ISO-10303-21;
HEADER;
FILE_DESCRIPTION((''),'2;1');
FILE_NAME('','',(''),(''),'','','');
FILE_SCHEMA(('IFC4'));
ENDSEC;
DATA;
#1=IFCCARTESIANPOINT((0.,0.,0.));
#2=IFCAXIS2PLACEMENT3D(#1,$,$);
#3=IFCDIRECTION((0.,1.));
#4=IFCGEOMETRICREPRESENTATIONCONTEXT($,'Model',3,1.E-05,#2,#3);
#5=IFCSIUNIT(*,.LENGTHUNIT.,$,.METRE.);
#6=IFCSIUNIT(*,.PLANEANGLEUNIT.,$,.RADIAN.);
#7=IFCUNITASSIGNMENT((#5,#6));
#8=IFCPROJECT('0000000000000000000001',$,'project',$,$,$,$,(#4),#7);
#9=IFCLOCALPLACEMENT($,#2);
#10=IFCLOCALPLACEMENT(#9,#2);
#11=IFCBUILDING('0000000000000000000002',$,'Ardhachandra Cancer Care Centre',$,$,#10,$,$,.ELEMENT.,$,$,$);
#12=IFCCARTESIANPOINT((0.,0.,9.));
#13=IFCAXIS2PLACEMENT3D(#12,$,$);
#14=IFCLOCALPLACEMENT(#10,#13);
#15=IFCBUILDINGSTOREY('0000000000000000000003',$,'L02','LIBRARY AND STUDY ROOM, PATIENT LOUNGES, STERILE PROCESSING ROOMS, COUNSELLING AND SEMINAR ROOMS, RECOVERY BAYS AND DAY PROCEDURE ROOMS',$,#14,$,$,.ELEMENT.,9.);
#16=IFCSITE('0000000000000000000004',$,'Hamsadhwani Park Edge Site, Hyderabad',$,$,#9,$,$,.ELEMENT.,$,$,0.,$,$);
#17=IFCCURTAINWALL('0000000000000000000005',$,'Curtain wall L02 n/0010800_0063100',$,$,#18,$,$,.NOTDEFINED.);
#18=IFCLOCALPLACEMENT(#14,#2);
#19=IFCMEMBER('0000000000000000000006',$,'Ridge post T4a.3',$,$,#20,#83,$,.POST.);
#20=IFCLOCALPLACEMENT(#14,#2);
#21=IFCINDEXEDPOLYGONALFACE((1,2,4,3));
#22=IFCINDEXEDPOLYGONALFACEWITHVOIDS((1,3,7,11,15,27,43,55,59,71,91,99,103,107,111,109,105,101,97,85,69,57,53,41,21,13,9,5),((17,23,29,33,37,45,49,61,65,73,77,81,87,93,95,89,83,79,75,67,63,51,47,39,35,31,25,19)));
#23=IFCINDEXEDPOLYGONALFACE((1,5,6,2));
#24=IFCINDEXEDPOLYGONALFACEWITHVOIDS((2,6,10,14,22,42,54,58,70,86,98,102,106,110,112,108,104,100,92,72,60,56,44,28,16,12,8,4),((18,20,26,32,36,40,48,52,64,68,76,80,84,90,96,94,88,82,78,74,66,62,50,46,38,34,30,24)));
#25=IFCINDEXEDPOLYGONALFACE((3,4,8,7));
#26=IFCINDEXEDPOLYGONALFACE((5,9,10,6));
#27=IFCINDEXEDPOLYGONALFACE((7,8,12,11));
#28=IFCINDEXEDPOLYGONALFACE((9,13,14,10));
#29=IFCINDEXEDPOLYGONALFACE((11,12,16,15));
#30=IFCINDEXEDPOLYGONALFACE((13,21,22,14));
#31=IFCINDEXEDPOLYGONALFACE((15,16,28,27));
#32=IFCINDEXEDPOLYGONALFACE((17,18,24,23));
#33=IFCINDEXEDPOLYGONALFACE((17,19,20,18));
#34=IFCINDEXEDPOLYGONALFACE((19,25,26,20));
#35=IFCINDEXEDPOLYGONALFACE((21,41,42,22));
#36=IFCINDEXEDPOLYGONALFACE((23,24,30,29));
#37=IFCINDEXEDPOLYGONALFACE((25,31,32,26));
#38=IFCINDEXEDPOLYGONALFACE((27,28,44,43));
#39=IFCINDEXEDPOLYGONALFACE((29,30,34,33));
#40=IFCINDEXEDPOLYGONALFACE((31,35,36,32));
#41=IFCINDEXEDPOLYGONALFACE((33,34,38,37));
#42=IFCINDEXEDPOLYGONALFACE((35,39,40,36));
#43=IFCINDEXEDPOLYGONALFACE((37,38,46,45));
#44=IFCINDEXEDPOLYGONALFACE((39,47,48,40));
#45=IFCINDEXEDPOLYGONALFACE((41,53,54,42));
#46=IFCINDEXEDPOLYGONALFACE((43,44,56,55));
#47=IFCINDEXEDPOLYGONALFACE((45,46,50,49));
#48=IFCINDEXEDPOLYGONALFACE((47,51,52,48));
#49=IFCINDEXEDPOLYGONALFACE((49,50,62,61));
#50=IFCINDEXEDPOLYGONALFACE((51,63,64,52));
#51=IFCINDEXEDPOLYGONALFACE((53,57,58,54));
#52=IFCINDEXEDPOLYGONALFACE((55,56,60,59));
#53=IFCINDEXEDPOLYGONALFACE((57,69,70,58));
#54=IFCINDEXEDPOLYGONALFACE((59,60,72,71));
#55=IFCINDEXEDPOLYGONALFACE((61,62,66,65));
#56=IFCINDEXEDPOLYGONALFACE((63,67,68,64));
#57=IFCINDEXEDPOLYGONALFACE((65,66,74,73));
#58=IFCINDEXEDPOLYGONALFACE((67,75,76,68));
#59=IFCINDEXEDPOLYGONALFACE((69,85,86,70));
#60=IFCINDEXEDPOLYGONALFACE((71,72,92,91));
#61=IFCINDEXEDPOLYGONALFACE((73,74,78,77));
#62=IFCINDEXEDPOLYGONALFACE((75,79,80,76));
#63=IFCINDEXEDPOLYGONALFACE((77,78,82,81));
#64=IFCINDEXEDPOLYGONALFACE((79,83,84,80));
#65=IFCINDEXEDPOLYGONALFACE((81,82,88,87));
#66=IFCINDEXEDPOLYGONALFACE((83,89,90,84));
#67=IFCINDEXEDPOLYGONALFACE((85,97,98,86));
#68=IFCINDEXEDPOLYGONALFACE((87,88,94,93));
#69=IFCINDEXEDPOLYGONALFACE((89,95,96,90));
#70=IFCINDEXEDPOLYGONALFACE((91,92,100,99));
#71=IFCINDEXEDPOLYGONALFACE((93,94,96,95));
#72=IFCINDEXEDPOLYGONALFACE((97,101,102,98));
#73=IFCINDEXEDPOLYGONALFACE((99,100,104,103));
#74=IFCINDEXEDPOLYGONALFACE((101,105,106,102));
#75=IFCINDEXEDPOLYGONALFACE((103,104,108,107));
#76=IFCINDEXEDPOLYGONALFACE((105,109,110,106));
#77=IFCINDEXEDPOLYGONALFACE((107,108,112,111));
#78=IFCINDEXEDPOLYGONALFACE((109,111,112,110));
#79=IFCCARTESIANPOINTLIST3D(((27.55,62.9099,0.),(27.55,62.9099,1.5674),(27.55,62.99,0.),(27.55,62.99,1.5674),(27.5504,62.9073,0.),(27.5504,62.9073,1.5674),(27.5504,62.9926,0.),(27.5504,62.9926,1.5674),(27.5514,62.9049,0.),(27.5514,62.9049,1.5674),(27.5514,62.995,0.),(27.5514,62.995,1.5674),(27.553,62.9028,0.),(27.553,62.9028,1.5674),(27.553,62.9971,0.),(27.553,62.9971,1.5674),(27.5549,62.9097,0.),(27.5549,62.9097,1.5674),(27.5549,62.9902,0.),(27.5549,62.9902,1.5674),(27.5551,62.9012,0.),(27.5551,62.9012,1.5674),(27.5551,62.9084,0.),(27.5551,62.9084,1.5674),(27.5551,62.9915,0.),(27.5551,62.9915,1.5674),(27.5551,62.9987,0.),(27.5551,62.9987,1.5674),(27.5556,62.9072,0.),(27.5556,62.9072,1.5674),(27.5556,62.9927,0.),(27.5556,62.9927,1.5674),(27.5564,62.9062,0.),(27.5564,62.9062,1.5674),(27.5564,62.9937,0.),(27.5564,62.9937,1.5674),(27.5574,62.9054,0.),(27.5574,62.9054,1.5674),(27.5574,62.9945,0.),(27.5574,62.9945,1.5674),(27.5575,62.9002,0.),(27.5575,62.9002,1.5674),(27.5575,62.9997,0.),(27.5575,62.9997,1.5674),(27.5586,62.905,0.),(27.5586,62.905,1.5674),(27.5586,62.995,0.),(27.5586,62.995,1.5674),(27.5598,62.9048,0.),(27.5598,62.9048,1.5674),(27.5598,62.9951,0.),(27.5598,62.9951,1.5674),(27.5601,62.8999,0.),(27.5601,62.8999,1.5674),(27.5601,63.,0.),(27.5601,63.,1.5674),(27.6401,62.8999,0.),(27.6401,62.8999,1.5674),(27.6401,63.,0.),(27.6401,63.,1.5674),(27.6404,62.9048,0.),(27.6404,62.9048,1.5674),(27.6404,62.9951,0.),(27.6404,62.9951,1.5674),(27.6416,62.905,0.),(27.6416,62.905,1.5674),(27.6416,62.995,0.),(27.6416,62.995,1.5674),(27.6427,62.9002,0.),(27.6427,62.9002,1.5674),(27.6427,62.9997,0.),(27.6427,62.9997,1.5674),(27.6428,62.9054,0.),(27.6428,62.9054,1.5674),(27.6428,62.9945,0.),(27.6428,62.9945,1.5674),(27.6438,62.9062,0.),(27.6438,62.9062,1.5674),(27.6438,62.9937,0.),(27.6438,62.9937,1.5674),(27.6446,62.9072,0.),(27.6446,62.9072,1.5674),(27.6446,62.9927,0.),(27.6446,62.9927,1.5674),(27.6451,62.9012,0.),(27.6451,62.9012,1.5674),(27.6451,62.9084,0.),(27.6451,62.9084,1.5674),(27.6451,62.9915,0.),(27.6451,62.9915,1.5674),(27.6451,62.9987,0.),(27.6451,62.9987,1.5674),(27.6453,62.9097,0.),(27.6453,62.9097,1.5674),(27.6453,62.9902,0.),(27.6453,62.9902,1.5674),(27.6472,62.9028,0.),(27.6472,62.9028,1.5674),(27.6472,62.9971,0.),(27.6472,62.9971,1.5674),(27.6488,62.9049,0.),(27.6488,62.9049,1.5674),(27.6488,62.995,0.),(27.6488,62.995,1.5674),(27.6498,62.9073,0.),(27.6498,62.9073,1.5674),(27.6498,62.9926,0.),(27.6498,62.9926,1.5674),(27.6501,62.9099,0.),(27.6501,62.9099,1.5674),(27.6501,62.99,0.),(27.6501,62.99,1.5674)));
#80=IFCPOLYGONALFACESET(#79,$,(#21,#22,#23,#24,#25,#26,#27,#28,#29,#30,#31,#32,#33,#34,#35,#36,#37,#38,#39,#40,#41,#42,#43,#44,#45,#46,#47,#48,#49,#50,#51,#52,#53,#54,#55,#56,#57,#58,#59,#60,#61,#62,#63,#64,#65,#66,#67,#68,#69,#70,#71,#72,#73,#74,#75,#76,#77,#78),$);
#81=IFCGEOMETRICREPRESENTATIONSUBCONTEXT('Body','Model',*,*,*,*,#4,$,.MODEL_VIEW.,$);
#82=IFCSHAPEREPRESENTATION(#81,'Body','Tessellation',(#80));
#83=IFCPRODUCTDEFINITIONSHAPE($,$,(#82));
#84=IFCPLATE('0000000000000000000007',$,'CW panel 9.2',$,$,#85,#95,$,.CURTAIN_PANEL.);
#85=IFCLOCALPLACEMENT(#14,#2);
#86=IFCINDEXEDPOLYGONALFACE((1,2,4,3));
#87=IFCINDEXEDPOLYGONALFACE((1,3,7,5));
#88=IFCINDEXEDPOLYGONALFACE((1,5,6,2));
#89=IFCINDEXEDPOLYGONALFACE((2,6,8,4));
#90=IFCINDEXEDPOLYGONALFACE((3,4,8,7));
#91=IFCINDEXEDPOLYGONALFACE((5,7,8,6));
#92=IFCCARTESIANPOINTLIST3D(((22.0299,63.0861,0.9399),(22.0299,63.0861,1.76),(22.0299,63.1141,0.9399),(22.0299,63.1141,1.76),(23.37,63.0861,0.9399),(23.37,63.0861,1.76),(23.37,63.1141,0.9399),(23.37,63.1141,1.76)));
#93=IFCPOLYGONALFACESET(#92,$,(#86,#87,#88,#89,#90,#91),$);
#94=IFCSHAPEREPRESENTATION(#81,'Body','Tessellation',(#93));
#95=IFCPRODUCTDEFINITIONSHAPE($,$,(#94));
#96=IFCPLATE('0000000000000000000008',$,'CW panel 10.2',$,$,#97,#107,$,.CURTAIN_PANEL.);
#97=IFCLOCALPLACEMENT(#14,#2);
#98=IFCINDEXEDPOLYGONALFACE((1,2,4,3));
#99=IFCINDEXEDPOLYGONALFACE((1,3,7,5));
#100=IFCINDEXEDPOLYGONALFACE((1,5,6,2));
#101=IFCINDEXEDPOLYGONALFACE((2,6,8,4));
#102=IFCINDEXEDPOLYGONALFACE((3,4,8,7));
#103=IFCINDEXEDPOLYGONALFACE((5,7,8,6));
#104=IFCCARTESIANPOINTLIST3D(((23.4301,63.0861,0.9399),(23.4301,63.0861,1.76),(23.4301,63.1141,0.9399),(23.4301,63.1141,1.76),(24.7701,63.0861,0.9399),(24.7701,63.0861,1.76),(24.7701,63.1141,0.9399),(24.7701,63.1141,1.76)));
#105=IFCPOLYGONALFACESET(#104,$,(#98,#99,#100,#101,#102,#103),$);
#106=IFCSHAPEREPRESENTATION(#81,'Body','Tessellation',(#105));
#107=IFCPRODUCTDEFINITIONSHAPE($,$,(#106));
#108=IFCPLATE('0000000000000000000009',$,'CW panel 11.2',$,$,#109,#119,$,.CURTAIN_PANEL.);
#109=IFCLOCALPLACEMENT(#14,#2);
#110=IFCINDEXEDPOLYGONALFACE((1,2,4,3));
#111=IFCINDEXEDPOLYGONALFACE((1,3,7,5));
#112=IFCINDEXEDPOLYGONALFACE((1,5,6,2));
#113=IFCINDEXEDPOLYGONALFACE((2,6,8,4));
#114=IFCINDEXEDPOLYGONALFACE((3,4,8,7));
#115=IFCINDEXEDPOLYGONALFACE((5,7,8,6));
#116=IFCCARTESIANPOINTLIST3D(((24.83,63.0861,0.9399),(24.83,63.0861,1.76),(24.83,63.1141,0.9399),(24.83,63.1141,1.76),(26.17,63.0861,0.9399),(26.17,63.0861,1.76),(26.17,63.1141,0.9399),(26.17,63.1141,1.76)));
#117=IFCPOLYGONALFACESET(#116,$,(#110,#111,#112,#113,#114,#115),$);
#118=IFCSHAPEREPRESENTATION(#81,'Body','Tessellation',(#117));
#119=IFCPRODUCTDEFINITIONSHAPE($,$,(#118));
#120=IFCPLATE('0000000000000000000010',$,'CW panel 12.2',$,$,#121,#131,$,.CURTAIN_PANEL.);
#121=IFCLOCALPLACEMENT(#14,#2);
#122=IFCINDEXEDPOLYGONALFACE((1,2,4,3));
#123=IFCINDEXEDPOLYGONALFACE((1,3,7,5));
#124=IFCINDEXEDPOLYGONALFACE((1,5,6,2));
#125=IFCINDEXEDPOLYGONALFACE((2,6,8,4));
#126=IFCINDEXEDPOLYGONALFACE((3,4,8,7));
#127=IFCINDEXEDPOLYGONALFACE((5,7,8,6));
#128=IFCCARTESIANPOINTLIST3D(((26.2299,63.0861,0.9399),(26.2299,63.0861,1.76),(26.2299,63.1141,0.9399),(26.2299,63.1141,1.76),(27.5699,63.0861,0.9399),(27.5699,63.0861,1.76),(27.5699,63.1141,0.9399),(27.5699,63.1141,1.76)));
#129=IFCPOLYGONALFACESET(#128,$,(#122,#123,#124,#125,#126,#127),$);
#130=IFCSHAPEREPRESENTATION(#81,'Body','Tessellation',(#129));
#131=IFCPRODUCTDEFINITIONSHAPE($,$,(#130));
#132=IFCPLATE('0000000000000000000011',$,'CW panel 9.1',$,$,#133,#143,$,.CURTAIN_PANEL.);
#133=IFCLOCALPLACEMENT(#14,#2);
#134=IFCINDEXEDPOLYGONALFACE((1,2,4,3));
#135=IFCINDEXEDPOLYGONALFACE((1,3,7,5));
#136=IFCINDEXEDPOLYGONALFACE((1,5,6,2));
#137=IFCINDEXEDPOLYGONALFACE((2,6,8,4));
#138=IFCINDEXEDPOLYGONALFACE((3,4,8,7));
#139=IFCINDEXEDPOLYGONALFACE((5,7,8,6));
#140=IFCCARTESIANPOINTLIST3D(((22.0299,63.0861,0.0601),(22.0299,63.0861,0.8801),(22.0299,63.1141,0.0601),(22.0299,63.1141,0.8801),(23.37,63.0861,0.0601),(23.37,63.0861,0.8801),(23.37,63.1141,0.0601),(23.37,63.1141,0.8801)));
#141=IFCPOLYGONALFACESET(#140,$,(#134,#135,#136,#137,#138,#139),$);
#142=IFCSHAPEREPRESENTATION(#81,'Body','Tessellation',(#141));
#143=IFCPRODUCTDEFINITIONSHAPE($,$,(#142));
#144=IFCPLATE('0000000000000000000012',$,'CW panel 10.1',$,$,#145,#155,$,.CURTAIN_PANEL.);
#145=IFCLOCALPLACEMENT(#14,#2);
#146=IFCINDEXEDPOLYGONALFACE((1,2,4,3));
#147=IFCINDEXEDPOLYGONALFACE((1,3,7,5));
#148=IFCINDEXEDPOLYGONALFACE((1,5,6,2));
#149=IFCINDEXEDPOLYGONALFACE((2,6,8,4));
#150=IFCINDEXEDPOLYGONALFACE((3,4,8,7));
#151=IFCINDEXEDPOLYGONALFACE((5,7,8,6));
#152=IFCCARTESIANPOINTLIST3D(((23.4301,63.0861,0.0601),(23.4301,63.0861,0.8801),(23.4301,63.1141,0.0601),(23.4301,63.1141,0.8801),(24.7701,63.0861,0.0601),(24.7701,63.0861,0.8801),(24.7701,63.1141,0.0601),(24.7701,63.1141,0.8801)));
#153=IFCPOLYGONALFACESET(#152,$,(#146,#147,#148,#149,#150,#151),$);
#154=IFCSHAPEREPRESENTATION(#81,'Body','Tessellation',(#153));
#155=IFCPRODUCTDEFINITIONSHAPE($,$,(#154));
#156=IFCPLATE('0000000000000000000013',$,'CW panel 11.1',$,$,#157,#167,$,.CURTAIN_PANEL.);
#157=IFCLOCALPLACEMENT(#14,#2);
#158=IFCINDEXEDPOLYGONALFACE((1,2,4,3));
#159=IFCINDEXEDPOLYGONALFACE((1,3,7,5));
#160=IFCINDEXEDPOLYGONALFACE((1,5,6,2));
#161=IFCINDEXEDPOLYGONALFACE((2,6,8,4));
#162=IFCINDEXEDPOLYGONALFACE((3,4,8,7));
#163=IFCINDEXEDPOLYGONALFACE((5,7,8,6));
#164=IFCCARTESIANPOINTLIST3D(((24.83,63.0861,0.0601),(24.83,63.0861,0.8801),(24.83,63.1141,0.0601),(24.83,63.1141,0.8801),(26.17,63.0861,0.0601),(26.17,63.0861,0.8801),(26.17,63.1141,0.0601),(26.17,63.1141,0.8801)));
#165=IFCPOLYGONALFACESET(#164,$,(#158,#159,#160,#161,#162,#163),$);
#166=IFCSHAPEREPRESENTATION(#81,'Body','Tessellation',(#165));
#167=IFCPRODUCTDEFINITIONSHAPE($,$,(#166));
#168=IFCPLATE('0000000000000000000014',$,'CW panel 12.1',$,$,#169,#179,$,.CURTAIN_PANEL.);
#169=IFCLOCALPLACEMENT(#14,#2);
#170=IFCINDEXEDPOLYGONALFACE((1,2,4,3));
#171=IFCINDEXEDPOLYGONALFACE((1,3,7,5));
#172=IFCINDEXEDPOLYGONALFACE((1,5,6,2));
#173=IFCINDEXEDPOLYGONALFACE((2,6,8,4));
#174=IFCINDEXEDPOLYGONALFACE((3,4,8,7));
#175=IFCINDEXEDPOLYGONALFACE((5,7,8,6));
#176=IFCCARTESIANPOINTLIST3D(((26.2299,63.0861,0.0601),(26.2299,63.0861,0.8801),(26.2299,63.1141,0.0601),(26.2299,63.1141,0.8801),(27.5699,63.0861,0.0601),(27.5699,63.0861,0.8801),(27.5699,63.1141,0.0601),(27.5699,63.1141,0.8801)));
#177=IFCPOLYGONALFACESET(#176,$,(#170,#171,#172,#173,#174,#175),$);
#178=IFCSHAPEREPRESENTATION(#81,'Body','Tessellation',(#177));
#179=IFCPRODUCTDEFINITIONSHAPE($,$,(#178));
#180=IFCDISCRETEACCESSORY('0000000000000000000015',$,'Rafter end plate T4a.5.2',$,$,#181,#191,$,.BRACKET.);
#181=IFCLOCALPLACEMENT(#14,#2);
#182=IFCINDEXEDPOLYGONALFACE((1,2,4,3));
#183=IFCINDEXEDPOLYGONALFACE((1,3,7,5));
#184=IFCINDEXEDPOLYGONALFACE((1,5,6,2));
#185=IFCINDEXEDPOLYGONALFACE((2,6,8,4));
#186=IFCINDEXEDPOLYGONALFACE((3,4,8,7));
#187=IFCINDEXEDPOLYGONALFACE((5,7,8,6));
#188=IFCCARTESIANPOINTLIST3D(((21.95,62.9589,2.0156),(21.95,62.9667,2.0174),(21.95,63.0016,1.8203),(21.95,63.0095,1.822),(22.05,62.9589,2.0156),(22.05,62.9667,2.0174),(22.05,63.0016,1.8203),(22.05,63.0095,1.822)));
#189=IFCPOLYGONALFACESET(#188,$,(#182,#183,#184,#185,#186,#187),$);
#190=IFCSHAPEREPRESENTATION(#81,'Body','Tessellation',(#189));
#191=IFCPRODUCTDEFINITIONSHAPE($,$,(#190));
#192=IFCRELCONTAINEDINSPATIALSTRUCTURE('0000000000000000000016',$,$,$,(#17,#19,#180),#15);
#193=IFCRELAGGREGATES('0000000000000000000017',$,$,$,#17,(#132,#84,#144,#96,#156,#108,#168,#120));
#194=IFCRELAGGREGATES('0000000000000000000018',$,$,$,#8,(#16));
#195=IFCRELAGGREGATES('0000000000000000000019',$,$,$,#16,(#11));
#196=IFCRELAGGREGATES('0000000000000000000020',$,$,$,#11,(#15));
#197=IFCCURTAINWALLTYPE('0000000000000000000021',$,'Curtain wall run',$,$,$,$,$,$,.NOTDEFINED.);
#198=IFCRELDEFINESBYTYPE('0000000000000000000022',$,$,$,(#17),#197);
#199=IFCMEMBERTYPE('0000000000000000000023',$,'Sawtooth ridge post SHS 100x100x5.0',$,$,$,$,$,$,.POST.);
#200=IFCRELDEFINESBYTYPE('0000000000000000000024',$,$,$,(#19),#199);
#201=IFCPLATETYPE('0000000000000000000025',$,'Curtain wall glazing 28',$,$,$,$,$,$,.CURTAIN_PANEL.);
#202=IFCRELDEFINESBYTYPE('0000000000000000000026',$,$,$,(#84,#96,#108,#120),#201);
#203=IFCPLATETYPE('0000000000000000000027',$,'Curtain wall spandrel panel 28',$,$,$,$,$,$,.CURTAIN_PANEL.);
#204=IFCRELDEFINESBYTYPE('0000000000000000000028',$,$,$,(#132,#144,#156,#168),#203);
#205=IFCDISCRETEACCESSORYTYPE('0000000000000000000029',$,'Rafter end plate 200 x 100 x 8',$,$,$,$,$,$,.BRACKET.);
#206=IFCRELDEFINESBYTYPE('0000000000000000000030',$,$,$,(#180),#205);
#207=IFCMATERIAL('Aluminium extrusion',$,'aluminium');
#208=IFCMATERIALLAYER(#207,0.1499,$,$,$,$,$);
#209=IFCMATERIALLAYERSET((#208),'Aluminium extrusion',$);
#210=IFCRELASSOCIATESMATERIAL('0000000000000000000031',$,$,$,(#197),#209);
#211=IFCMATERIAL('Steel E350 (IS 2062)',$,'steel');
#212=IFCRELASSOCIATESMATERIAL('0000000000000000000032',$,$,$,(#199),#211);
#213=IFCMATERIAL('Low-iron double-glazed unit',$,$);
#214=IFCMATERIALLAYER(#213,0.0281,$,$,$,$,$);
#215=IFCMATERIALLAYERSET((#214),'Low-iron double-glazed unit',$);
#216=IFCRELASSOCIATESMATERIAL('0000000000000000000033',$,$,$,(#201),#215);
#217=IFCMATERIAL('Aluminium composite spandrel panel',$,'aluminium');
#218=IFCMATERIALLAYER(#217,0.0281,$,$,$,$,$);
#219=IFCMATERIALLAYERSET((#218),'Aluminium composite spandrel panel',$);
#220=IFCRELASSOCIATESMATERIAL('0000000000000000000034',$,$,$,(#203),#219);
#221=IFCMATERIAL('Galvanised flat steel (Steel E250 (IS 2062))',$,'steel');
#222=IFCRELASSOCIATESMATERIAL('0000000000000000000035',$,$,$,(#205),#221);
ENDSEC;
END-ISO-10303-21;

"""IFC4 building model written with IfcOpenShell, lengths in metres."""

from ifc_helpers import new_model, si_unit, direction, frame, origin, origin_2d, place, context, subcontext, project, spatial, rectangle, hollow_rectangle, extrude, material, layer, layer_set, material_profile, profile_set, type_object, element, aggregate, save


model = new_model("IFC4")

# Units and contexts
model_context = context("Model", 3, precision=1e-05, world=origin(), true_north=direction((0.0, 1.0)))
body_context = subcontext(model_context, "Body", "Model", "MODEL_VIEW")
ifc_project = project(units=[si_unit("LENGTHUNIT", "METRE"), si_unit("PLANEANGLEUNIT", "RADIAN")], contexts=[model_context])

# Site, building, storey
site_placement = place(None, origin())
site = spatial("IfcSite", under=ifc_project, at=site_placement, Name="Hamsadhwani Park Edge Site, Hyderabad", CompositionType="ELEMENT", RefElevation=0.0)
building_placement = place(site_placement, origin())
building = spatial("IfcBuilding", under=site, at=building_placement, Name="Ardhachandra Cancer Care Centre", CompositionType="ELEMENT")
storey_placement = place(building_placement, frame((0.0, 0.0, 9.0)))
storey = spatial("IfcBuildingStorey", under=building, at=storey_placement, Name="L02", Description="LIBRARY AND STUDY ROOM, PATIENT LOUNGES, STERILE PROCESSING ROOMS, COUNSELLING AND SEMINAR ROOMS, RECOVERY BAYS AND DAY PROCEDURE ROOMS", CompositionType="ELEMENT", Elevation=9.0)

# Curtain wall
ifc_material_1 = material(Name="Aluminium extrusion", Category="aluminium")
ifc_layer_1 = layer(ifc_material_1, 0.1499)
ifc_layer_set_1 = layer_set([ifc_layer_1], Name="Aluminium extrusion")
curtain_wall_type = type_object("IfcCurtainWallType", Name="Curtain wall run", PredefinedType="NOTDEFINED", material=ifc_layer_set_1)
curtain_wall_placement = place(storey_placement, origin())
curtain_wall = element("IfcCurtainWall", 1, at=curtain_wall_placement, inside=storey, type_object=curtain_wall_type, Name="Curtain wall L02 n/0010800_0063100", PredefinedType="NOTDEFINED")

# Member
ifc_material_2 = material(Name="Steel E350 (IS 2062)", Category="steel")
ifc_material_profile_1 = material_profile(ifc_material_2, hollow_rectangle(XDim=0.1001, YDim=0.1001, WallThickness=0.0049, InnerFilletRadius=0.0049, OuterFilletRadius=0.01, at=origin_2d()), Name="SHS 100x100x5.0")
ifc_profile_set_1 = profile_set([ifc_material_profile_1], Name="Steel E350 (IS 2062)")
member_type_1 = type_object("IfcMemberType", Name="Sawtooth ridge post SHS 100x100x5.0", PredefinedType="POST", material=ifc_profile_set_1)
member_1_placement = place(storey_placement, frame((27.6001, 62.95, 0.0), z_axis=(0.0, 0.0, 1.0), x_axis=(1.0, 0.0, 0.0)))
element("IfcMember", 2, at=member_1_placement, inside=storey, type_object=member_type_1, Name="Ridge post T4a.3", PredefinedType="POST", context=body_context, shape_type="SweptSolid", body=[
    extrude(hollow_rectangle(XDim=0.1001, YDim=0.1001, WallThickness=0.0049, InnerFilletRadius=0.0049, OuterFilletRadius=0.01, at=origin_2d()), origin(), (0.0, 0.0, 1.0), 1.5674),
])

# Plates
ifc_material_3 = material(Name="Low-iron double-glazed unit")
ifc_layer_2 = layer(ifc_material_3, 0.0281)
ifc_layer_set_2 = layer_set([ifc_layer_2], Name="Low-iron double-glazed unit")
plate_type_1 = type_object("IfcPlateType", Name="Curtain wall glazing 28", PredefinedType="CURTAIN_PANEL", material=ifc_layer_set_2)
plate_1_placement = place(storey_placement, frame((22.7, 63.1001, 0.9399), z_axis=(0.0, 0.0, 1.0), x_axis=(1.0, 0.0, 0.0)))
plate_1 = element("IfcPlate", 3, at=plate_1_placement, type_object=plate_type_1, Name="CW panel 9.2", PredefinedType="CURTAIN_PANEL", context=body_context, shape_type="SweptSolid", body=[
    extrude(rectangle(XDim=1.3401, YDim=0.0281, at=origin_2d()), origin(), (0.0, 0.0, 1.0), 0.8201),
])
plate_2_placement = place(storey_placement, frame((24.1001, 63.1001, 0.9399), z_axis=(0.0, 0.0, 1.0), x_axis=(1.0, 0.0, 0.0)))
plate_2 = element("IfcPlate", 4, at=plate_2_placement, type_object=plate_type_1, Name="CW panel 10.2", PredefinedType="CURTAIN_PANEL", context=body_context, shape_type="SweptSolid", body=[
    extrude(rectangle(XDim=1.3401, YDim=0.0281, at=origin_2d()), origin(), (0.0, 0.0, 1.0), 0.8201),
])
plate_3_placement = place(storey_placement, frame((25.5, 63.1001, 0.9399), z_axis=(0.0, 0.0, 1.0), x_axis=(1.0, 0.0, 0.0)))
plate_3 = element("IfcPlate", 5, at=plate_3_placement, type_object=plate_type_1, Name="CW panel 11.2", PredefinedType="CURTAIN_PANEL", context=body_context, shape_type="SweptSolid", body=[
    extrude(rectangle(XDim=1.3401, YDim=0.0281, at=origin_2d()), origin(), (0.0, 0.0, 1.0), 0.8201),
])
plate_4_placement = place(storey_placement, frame((26.8999, 63.1001, 0.9399), z_axis=(0.0, 0.0, 1.0), x_axis=(1.0, 0.0, 0.0)))
plate_4 = element("IfcPlate", 6, at=plate_4_placement, type_object=plate_type_1, Name="CW panel 12.2", PredefinedType="CURTAIN_PANEL", context=body_context, shape_type="SweptSolid", body=[
    extrude(rectangle(XDim=1.3401, YDim=0.0281, at=origin_2d()), origin(), (0.0, 0.0, 1.0), 0.8201),
])
ifc_material_4 = material(Name="Aluminium composite spandrel panel", Category="aluminium")
ifc_layer_3 = layer(ifc_material_4, 0.0281)
ifc_layer_set_3 = layer_set([ifc_layer_3], Name="Aluminium composite spandrel panel")
plate_type_2 = type_object("IfcPlateType", Name="Curtain wall spandrel panel 28", PredefinedType="CURTAIN_PANEL", material=ifc_layer_set_3)
plate_5_placement = place(storey_placement, frame((22.7, 63.1001, 0.0601), z_axis=(0.0, 0.0, 1.0), x_axis=(1.0, 0.0, 0.0)))
plate_5 = element("IfcPlate", 7, at=plate_5_placement, type_object=plate_type_2, Name="CW panel 9.1", PredefinedType="CURTAIN_PANEL", context=body_context, shape_type="SweptSolid", body=[
    extrude(rectangle(XDim=1.3401, YDim=0.0281, at=origin_2d()), origin(), (0.0, 0.0, 1.0), 0.8201),
])
plate_6_placement = place(storey_placement, frame((24.1001, 63.1001, 0.0601), z_axis=(0.0, 0.0, 1.0), x_axis=(1.0, 0.0, 0.0)))
plate_6 = element("IfcPlate", 8, at=plate_6_placement, type_object=plate_type_2, Name="CW panel 10.1", PredefinedType="CURTAIN_PANEL", context=body_context, shape_type="SweptSolid", body=[
    extrude(rectangle(XDim=1.3401, YDim=0.0281, at=origin_2d()), origin(), (0.0, 0.0, 1.0), 0.8201),
])
plate_7_placement = place(storey_placement, frame((25.5, 63.1001, 0.0601), z_axis=(0.0, 0.0, 1.0), x_axis=(1.0, 0.0, 0.0)))
plate_7 = element("IfcPlate", 9, at=plate_7_placement, type_object=plate_type_2, Name="CW panel 11.1", PredefinedType="CURTAIN_PANEL", context=body_context, shape_type="SweptSolid", body=[
    extrude(rectangle(XDim=1.3401, YDim=0.0281, at=origin_2d()), origin(), (0.0, 0.0, 1.0), 0.8201),
])
plate_8_placement = place(storey_placement, frame((26.8999, 63.1001, 0.0601), z_axis=(0.0, 0.0, 1.0), x_axis=(1.0, 0.0, 0.0)))
plate_8 = element("IfcPlate", 10, at=plate_8_placement, type_object=plate_type_2, Name="CW panel 12.1", PredefinedType="CURTAIN_PANEL", context=body_context, shape_type="SweptSolid", body=[
    extrude(rectangle(XDim=1.3401, YDim=0.0281, at=origin_2d()), origin(), (0.0, 0.0, 1.0), 0.8201),
])
aggregate(curtain_wall, [plate_5, plate_1, plate_6, plate_2, plate_7, plate_3, plate_8, plate_4])

# Discrete accessory
ifc_material_5 = material(Name="Galvanised flat steel (Steel E250 (IS 2062))", Category="steel")
ifc_material_profile_2 = material_profile(ifc_material_5, rectangle(XDim=0.1001, YDim=0.2, at=origin_2d()), Name="Rafter end plate 200 x 100 x 8")
ifc_profile_set_2 = profile_set([ifc_material_profile_2], Name="Galvanised flat steel (Steel E250 (IS 2062))")
discrete_accessory_type = type_object("IfcDiscreteAccessoryType", Name="Rafter end plate 200 x 100 x 8", PredefinedType="BRACKET", material=ifc_profile_set_2)
for number, where, z_axis, x_axis, name in (
    (11, (22.0, 62.9802, 1.918), (0.0, 0.9769, 0.213697), (-1.0, 0.0, 0.0), "Rafter end plate T4a.5.2"),
):
    element("IfcDiscreteAccessory", number, at=place(storey_placement, frame(where, z_axis=z_axis, x_axis=x_axis)), inside=storey, type_object=discrete_accessory_type, Name=name, PredefinedType="BRACKET", context=body_context, shape_type="SweptSolid", body=[
        extrude(rectangle(XDim=0.1001, YDim=0.2, at=origin_2d()), origin(), (0.0, 0.0, 1.0), 0.0081),
    ])

save(model, "model.ifc")
